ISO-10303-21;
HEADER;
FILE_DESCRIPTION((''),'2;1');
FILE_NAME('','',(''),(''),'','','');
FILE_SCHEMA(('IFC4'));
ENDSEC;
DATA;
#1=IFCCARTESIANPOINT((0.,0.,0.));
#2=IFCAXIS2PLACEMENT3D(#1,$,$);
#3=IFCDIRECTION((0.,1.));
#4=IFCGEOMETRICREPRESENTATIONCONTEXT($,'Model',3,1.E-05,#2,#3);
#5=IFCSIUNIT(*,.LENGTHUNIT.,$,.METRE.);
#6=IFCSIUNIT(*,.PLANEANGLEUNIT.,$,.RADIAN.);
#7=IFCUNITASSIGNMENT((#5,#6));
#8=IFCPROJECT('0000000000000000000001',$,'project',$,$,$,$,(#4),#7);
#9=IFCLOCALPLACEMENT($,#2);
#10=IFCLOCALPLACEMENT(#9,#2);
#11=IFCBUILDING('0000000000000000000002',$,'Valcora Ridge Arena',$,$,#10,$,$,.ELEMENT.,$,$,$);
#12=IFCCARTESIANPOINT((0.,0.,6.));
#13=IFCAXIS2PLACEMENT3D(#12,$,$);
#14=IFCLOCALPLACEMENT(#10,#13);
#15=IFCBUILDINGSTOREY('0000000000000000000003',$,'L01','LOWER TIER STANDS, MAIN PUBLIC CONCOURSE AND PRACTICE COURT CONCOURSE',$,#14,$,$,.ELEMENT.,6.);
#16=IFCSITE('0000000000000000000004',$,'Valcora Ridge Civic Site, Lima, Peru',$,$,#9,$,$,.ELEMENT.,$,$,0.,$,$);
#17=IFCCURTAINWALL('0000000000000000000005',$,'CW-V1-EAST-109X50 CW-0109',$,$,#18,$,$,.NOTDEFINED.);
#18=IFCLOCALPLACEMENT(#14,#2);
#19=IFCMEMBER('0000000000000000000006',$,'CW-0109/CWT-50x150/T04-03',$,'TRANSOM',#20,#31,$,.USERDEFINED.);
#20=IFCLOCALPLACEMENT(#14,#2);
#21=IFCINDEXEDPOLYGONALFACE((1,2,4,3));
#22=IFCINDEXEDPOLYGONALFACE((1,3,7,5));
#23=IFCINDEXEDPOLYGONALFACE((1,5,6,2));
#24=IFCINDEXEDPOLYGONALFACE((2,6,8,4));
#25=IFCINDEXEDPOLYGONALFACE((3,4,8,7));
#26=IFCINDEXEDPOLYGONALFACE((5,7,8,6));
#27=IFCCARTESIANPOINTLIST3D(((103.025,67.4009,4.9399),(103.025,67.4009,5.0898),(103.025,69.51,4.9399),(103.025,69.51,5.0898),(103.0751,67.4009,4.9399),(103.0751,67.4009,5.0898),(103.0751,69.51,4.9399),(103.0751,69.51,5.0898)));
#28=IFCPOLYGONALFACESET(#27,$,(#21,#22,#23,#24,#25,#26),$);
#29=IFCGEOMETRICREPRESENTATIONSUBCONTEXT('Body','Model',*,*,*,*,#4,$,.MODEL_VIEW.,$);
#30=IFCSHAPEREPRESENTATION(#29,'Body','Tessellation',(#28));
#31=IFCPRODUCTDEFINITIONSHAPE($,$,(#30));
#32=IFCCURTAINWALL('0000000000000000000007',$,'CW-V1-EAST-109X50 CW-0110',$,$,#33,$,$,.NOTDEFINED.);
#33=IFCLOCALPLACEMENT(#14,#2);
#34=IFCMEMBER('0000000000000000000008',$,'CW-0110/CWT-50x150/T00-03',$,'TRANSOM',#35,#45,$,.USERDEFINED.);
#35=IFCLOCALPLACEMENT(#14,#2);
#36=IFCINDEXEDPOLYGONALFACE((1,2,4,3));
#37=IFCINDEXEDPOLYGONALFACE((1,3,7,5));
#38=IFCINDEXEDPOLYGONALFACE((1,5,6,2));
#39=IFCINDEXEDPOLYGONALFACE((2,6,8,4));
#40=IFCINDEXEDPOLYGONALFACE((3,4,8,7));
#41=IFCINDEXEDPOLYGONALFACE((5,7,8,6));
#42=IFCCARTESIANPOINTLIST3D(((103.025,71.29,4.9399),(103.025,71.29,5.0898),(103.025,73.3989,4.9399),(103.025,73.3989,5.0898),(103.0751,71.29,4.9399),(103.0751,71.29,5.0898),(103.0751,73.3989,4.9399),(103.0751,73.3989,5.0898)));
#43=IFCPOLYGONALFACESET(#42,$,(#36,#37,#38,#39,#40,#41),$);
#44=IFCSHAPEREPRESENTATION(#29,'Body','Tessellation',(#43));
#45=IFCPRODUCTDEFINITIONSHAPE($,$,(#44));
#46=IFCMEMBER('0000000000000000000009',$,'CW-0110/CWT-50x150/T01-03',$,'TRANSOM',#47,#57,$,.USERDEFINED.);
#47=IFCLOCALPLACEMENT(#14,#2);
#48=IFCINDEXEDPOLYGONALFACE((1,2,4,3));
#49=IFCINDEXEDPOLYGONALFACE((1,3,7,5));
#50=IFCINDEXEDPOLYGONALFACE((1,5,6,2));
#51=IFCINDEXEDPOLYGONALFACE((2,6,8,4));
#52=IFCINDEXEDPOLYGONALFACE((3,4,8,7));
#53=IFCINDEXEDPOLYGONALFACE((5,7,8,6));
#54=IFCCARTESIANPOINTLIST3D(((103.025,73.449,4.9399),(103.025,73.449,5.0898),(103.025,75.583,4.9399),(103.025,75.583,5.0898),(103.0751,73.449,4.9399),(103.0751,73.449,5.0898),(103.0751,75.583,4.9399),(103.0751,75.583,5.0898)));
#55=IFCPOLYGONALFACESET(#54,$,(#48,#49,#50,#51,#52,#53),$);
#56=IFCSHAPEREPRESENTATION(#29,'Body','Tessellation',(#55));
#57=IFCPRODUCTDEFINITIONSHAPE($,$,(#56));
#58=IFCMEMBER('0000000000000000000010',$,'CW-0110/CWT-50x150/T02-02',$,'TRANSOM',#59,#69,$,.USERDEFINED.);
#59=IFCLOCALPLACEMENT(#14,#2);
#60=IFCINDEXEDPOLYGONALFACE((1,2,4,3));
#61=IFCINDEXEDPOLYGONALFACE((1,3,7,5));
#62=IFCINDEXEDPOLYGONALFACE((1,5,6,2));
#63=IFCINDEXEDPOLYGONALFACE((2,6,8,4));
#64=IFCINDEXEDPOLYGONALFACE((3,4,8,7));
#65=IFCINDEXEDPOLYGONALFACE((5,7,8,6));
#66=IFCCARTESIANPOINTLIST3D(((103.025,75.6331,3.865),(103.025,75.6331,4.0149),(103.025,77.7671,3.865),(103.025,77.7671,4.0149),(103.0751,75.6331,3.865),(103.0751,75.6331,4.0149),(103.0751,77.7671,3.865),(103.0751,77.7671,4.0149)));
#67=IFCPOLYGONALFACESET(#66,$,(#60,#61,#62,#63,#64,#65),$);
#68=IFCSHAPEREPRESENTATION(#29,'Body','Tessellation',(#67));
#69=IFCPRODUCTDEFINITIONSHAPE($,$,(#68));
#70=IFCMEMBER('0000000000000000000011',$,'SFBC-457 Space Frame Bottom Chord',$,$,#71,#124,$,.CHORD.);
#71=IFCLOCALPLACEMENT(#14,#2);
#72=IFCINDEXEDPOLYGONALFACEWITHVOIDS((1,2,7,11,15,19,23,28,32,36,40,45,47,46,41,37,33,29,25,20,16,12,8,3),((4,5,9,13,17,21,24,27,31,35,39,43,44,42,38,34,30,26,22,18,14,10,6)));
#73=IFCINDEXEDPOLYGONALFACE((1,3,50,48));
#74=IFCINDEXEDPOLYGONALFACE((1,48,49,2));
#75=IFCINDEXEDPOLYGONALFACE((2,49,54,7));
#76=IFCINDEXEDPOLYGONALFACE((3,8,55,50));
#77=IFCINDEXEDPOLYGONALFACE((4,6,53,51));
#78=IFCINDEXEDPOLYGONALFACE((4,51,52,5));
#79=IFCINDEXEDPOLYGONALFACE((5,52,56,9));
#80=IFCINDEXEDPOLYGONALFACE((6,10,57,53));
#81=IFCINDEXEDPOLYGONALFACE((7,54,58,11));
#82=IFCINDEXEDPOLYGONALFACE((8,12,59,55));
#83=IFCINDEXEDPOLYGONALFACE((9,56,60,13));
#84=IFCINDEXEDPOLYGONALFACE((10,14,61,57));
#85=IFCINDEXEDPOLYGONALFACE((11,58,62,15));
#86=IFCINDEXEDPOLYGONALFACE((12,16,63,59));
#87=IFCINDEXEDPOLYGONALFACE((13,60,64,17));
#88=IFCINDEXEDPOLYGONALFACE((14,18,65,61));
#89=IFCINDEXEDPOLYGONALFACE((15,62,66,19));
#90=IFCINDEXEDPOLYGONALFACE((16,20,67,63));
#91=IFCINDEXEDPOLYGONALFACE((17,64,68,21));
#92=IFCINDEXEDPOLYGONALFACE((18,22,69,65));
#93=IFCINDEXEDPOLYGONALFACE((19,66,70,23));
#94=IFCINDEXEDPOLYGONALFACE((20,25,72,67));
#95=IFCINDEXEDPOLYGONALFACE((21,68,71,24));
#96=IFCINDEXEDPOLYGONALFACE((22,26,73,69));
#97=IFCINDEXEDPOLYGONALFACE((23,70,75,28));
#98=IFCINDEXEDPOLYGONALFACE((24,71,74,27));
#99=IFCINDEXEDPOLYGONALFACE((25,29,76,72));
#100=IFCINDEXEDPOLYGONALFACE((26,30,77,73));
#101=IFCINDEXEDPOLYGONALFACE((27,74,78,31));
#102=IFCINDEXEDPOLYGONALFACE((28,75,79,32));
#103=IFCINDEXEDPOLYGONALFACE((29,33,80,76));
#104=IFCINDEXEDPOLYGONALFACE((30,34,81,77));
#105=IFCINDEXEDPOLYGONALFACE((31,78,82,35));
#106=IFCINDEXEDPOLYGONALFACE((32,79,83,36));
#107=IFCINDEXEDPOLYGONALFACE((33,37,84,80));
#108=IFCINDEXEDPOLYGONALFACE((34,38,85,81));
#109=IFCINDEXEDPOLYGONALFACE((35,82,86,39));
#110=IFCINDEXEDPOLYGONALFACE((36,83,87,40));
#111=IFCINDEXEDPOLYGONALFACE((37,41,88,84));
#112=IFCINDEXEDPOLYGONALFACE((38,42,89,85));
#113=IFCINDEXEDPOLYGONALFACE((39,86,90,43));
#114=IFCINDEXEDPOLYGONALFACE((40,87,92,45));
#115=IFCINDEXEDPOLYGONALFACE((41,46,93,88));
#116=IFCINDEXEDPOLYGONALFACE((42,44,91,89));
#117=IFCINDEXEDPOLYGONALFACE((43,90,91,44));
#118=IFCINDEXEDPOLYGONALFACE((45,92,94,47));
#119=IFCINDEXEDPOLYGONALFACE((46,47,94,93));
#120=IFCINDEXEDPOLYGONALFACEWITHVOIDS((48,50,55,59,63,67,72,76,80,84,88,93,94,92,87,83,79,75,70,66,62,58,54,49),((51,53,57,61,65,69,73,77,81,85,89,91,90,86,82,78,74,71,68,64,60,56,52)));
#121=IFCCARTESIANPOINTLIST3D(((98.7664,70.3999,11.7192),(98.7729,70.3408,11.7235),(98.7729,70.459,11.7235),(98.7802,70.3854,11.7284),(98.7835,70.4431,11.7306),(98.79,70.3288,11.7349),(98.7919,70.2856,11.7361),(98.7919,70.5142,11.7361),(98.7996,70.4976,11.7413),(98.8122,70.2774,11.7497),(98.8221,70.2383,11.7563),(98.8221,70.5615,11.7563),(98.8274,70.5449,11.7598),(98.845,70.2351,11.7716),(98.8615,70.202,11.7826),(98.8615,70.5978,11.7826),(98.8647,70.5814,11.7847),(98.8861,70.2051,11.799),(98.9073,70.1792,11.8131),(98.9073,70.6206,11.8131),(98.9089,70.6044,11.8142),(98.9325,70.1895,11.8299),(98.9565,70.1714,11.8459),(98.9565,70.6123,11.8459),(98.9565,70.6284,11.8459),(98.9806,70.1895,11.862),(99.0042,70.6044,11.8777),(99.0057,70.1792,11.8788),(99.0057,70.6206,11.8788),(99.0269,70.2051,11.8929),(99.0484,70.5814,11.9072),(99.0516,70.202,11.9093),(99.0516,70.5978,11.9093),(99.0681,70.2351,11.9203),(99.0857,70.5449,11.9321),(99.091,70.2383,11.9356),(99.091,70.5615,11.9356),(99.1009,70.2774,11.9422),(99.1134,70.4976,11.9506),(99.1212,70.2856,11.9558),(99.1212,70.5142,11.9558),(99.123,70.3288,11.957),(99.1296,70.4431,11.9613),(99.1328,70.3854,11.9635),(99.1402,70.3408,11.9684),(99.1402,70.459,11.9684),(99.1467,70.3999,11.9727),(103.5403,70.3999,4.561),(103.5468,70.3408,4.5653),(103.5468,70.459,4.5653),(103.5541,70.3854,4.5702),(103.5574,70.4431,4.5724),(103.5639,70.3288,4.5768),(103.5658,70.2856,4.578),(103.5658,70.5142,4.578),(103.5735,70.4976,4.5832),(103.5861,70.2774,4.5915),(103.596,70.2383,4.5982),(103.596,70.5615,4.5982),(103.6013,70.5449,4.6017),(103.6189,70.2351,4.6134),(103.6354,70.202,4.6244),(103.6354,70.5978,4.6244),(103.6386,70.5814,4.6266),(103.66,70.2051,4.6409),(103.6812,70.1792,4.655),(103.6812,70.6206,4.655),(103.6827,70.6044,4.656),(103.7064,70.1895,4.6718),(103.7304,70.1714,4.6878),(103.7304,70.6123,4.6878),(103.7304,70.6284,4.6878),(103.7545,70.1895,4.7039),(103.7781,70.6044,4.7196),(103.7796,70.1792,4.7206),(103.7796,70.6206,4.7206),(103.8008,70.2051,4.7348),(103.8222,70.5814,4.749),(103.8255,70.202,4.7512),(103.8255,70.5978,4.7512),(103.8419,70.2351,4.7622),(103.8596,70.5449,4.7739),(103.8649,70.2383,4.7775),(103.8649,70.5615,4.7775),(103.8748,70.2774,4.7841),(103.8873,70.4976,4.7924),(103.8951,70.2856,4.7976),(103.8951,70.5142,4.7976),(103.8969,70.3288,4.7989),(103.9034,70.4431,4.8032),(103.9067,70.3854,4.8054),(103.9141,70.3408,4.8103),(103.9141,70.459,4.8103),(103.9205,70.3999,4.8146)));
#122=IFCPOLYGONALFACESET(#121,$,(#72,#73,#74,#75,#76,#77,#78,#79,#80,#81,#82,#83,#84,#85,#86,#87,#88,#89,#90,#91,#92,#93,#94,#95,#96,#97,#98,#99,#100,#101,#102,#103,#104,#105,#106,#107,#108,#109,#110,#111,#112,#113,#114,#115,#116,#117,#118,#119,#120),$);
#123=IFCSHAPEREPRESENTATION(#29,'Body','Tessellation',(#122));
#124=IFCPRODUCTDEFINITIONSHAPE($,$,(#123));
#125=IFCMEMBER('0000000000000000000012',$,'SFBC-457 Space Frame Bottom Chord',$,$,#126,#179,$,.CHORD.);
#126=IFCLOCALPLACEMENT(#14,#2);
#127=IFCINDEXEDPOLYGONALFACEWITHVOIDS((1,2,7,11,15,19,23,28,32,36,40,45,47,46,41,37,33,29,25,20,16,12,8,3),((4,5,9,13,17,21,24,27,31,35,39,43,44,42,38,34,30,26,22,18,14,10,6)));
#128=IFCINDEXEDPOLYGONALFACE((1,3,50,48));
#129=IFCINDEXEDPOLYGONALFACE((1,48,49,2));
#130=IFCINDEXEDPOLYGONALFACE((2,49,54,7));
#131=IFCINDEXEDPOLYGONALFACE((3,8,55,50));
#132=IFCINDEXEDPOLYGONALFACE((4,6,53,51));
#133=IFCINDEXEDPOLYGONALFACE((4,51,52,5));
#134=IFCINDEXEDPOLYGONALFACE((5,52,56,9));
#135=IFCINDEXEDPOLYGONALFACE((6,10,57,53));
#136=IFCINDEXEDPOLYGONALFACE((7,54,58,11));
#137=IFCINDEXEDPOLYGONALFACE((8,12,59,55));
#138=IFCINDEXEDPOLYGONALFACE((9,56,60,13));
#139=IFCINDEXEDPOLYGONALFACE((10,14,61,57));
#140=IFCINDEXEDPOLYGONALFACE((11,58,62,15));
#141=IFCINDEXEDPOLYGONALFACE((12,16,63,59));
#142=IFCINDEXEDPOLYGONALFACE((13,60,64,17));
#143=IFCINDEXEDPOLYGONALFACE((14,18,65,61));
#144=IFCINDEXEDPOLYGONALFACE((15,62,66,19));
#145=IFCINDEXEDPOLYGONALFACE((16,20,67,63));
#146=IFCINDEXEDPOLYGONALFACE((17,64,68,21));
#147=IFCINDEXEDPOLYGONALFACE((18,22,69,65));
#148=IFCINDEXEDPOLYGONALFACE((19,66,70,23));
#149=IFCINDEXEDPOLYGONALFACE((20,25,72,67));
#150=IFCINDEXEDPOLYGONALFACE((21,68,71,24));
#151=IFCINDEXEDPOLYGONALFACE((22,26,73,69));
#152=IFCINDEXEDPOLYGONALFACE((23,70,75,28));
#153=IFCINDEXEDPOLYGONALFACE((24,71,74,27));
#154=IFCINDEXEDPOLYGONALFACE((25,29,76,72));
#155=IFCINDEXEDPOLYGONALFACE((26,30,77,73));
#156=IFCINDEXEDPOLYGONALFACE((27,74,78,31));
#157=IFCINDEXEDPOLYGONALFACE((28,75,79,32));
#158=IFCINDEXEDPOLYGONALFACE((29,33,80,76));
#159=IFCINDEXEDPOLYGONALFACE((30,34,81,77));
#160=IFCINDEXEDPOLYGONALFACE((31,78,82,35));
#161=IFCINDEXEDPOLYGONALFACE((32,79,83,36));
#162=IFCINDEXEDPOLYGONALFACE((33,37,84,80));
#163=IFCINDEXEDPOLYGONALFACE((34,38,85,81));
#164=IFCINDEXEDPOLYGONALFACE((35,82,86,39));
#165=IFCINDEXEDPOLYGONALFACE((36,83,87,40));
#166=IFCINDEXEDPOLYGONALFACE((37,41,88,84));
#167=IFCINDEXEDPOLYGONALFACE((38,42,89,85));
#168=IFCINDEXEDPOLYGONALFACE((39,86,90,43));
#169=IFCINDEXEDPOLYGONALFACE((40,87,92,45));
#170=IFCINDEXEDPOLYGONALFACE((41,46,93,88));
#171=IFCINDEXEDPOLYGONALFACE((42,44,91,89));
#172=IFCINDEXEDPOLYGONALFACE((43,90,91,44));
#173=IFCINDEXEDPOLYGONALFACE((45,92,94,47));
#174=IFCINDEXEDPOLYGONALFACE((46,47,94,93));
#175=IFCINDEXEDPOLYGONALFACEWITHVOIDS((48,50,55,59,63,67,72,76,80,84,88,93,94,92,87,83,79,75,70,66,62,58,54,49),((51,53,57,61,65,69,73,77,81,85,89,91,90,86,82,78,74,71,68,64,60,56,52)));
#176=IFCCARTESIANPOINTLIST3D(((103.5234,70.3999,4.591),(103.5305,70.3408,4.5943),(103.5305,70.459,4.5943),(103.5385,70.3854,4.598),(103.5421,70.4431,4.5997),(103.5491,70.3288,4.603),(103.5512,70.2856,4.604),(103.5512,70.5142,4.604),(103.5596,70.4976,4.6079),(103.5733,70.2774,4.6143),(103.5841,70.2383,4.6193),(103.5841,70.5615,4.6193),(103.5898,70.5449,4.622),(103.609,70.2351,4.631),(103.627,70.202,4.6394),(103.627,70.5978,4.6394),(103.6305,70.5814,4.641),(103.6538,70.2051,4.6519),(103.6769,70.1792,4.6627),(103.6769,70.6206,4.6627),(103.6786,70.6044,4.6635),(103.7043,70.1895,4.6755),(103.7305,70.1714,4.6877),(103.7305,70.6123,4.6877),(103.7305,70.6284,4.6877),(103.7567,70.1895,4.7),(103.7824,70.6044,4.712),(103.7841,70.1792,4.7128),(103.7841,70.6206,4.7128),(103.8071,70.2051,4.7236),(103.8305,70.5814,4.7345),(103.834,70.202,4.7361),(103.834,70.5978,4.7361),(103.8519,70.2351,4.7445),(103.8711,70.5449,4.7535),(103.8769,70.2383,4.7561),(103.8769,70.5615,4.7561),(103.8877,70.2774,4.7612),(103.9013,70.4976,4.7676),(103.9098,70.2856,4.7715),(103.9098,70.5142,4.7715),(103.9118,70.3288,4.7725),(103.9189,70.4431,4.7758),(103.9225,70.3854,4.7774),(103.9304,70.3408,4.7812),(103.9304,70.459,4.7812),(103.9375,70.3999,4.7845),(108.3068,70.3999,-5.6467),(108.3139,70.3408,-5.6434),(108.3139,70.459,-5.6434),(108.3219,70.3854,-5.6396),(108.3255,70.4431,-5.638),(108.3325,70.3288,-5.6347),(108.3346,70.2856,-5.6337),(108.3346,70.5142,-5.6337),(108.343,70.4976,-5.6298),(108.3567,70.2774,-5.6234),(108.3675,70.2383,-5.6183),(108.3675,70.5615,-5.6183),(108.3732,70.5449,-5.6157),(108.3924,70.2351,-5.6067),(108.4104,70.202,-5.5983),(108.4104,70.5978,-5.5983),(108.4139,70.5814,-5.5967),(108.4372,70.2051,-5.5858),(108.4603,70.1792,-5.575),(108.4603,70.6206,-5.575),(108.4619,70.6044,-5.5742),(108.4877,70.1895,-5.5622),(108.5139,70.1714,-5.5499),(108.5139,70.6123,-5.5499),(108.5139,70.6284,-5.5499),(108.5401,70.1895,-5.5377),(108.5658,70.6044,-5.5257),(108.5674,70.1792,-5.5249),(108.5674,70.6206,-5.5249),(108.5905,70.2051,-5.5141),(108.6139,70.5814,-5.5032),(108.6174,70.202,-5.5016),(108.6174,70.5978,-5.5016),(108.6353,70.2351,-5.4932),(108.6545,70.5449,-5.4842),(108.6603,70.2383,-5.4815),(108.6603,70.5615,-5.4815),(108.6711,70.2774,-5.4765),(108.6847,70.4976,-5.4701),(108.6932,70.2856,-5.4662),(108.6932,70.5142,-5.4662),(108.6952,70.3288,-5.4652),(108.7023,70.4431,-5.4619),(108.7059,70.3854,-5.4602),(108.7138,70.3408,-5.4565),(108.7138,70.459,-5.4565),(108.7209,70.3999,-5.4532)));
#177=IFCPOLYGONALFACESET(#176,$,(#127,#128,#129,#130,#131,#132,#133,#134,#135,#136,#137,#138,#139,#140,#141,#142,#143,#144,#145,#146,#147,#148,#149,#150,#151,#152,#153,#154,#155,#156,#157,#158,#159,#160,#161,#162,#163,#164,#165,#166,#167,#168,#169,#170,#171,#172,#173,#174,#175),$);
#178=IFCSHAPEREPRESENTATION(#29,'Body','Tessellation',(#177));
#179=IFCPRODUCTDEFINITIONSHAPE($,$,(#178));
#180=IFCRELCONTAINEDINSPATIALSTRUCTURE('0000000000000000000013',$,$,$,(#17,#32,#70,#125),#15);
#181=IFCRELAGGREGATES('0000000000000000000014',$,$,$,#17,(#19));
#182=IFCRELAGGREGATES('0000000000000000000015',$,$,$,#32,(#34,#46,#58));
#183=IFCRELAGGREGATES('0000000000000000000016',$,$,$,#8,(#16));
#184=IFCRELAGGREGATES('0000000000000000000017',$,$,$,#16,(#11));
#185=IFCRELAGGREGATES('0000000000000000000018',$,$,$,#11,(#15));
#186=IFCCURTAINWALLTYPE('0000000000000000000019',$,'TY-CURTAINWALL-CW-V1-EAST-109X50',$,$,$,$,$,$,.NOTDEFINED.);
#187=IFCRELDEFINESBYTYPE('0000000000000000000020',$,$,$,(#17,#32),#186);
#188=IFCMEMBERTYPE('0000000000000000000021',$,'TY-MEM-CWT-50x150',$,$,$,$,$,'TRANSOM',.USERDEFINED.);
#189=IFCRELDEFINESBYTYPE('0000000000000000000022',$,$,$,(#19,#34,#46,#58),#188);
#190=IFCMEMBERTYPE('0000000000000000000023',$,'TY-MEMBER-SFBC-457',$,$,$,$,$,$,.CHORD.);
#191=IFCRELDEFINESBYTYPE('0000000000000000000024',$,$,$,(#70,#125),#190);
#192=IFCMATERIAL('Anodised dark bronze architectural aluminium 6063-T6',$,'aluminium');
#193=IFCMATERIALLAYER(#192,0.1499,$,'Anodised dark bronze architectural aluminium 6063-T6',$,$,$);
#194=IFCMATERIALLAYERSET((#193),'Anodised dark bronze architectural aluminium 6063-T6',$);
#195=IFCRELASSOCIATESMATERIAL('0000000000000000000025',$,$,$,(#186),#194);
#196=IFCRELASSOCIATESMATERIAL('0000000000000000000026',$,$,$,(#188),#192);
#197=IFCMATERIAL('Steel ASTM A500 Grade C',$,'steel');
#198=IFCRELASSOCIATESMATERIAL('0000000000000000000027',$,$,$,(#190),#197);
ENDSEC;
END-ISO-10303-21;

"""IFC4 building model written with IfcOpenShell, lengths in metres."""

from ifc_helpers import new_model, si_unit, direction, frame, origin, origin_2d, place, context, subcontext, project, spatial, rectangle, hollow_circle, extrude, material, layer, layer_set, material_profile, profile_set, type_object, element, aggregate, save


model = new_model("IFC4")

# Units and contexts
model_context = context("Model", 3, precision=1e-05, world=origin(), true_north=direction((0.0, 1.0)))
body_context = subcontext(model_context, "Body", "Model", "MODEL_VIEW")
ifc_project = project(units=[si_unit("LENGTHUNIT", "METRE"), si_unit("PLANEANGLEUNIT", "RADIAN")], contexts=[model_context])

# Site, building, storey
site_placement = place(None, origin())
site = spatial("IfcSite", under=ifc_project, at=site_placement, Name="Valcora Ridge Civic Site, Lima, Peru", CompositionType="ELEMENT", RefElevation=0.0)
building_placement = place(site_placement, origin())
building = spatial("IfcBuilding", under=site, at=building_placement, Name="Valcora Ridge Arena", CompositionType="ELEMENT")
storey_placement = place(building_placement, frame((0.0, 0.0, 6.0)))
storey = spatial("IfcBuildingStorey", under=building, at=storey_placement, Name="L01", Description="LOWER TIER STANDS, MAIN PUBLIC CONCOURSE AND PRACTICE COURT CONCOURSE", CompositionType="ELEMENT", Elevation=6.0)

# Curtain wall, member
ifc_material_1 = material(Name="Anodised dark bronze architectural aluminium 6063-T6", Category="aluminium")
ifc_layer_1 = layer(ifc_material_1, 0.1499, Name="Anodised dark bronze architectural aluminium 6063-T6")
ifc_layer_set_1 = layer_set([ifc_layer_1], Name="Anodised dark bronze architectural aluminium 6063-T6")
curtain_wall_type = type_object("IfcCurtainWallType", Name="TY-CURTAINWALL-CW-V1-EAST-109X50", PredefinedType="NOTDEFINED", material=ifc_layer_set_1)
curtain_wall_1_placement = place(storey_placement, origin())
curtain_wall_1 = element("IfcCurtainWall", 1, at=curtain_wall_1_placement, inside=storey, type_object=curtain_wall_type, Name="CW-V1-EAST-109X50 CW-0109", PredefinedType="NOTDEFINED")
ifc_material_profile_1 = material_profile(ifc_material_1, rectangle(XDim=0.05, YDim=0.1499, at=origin_2d()), Name="ALU TRANSOM 50x150")
ifc_profile_set_1 = profile_set([ifc_material_profile_1], Name="Anodised dark bronze architectural aluminium 6063-T6")
member_type_1 = type_object("IfcMemberType", Name="TY-MEM-CWT-50x150", ElementType="TRANSOM", PredefinedType="USERDEFINED", material=ifc_profile_set_1)
member_1_placement = place(storey_placement, frame((103.05, 67.4009, 5.0149), z_axis=(0.0, 1.0, 0.0), x_axis=(-1.0, 0.0, 0.0)))
member_1 = element("IfcMember", 2, at=member_1_placement, type_object=member_type_1, Name="CW-0109/CWT-50x150/T04-03", ObjectType="TRANSOM", PredefinedType="USERDEFINED", context=body_context, shape_type="SweptSolid", body=[
    extrude(rectangle(XDim=0.05, YDim=0.1499, at=origin_2d()), origin(), (0.0, 0.0, 1.0), 2.1091),
])

# Curtain wall, members
curtain_wall_2_placement = place(storey_placement, origin())
curtain_wall_2 = element("IfcCurtainWall", 3, at=curtain_wall_2_placement, inside=storey, type_object=curtain_wall_type, Name="CW-V1-EAST-109X50 CW-0110", PredefinedType="NOTDEFINED")
member_2_placement = place(storey_placement, frame((103.05, 71.29, 5.0149), z_axis=(0.0, 1.0, 0.0), x_axis=(-1.0, 0.0, 0.0)))
member_2 = element("IfcMember", 4, at=member_2_placement, type_object=member_type_1, Name="CW-0110/CWT-50x150/T00-03", ObjectType="TRANSOM", PredefinedType="USERDEFINED", context=body_context, shape_type="SweptSolid", body=[
    extrude(rectangle(XDim=0.05, YDim=0.1499, at=origin_2d()), origin(), (0.0, 0.0, 1.0), 2.1089),
])
member_3_placement = place(storey_placement, frame((103.05, 73.449, 5.0149), z_axis=(0.0, 1.0, 0.0), x_axis=(-1.0, 0.0, 0.0)))
member_3 = element("IfcMember", 5, at=member_3_placement, type_object=member_type_1, Name="CW-0110/CWT-50x150/T01-03", ObjectType="TRANSOM", PredefinedType="USERDEFINED", context=body_context, shape_type="SweptSolid", body=[
    extrude(rectangle(XDim=0.05, YDim=0.1499, at=origin_2d()), origin(), (0.0, 0.0, 1.0), 2.134),
])
member_4_placement = place(storey_placement, frame((103.05, 75.6331, 3.9399), z_axis=(0.0, 1.0, 0.0), x_axis=(-1.0, 0.0, 0.0)))
member_4 = element("IfcMember", 6, at=member_4_placement, type_object=member_type_1, Name="CW-0110/CWT-50x150/T02-02", ObjectType="TRANSOM", PredefinedType="USERDEFINED", context=body_context, shape_type="SweptSolid", body=[
    extrude(rectangle(XDim=0.05, YDim=0.1499, at=origin_2d()), origin(), (0.0, 0.0, 1.0), 2.134),
])

# Members
ifc_material_2 = material(Name="Steel ASTM A500 Grade C", Category="steel")
ifc_material_profile_2 = material_profile(ifc_material_2, hollow_circle(Radius=0.2285, WallThickness=0.0161, at=origin_2d()), Name="CHS457X16")
ifc_profile_set_2 = profile_set([ifc_material_profile_2], Name="Steel ASTM A500 Grade C")
member_type_2 = type_object("IfcMemberType", Name="TY-MEMBER-SFBC-457", PredefinedType="CHORD", material=ifc_profile_set_2)
member_5_placement = place(storey_placement, frame((98.9565, 70.3999, 11.8459), z_axis=(0.554844, 0.0, -0.831954), x_axis=(0.0, 1.0, 0.0)))
element("IfcMember", 7, at=member_5_placement, inside=storey, type_object=member_type_2, Name="SFBC-457 Space Frame Bottom Chord", PredefinedType="CHORD", context=body_context, shape_type="SweptSolid", body=[
    extrude(hollow_circle(Radius=0.2285, WallThickness=0.0161, at=origin_2d()), origin(), (0.0, 0.0, 1.0), 8.604),
])
member_6_placement = place(storey_placement, frame((103.7305, 70.3999, 4.6877), z_axis=(0.423308, 0.0, -0.905986), x_axis=(0.0, 1.0, 0.0)))
element("IfcMember", 8, at=member_6_placement, inside=storey, type_object=member_type_2, Name="SFBC-457 Space Frame Bottom Chord", PredefinedType="CHORD", context=body_context, shape_type="SweptSolid", body=[
    extrude(hollow_circle(Radius=0.2285, WallThickness=0.0161, at=origin_2d()), origin(), (0.0, 0.0, 1.0), 11.3),
])

aggregate(curtain_wall_1, [member_1])
aggregate(curtain_wall_2, [member_2, member_3, member_4])

save(model, "model.ifc")
